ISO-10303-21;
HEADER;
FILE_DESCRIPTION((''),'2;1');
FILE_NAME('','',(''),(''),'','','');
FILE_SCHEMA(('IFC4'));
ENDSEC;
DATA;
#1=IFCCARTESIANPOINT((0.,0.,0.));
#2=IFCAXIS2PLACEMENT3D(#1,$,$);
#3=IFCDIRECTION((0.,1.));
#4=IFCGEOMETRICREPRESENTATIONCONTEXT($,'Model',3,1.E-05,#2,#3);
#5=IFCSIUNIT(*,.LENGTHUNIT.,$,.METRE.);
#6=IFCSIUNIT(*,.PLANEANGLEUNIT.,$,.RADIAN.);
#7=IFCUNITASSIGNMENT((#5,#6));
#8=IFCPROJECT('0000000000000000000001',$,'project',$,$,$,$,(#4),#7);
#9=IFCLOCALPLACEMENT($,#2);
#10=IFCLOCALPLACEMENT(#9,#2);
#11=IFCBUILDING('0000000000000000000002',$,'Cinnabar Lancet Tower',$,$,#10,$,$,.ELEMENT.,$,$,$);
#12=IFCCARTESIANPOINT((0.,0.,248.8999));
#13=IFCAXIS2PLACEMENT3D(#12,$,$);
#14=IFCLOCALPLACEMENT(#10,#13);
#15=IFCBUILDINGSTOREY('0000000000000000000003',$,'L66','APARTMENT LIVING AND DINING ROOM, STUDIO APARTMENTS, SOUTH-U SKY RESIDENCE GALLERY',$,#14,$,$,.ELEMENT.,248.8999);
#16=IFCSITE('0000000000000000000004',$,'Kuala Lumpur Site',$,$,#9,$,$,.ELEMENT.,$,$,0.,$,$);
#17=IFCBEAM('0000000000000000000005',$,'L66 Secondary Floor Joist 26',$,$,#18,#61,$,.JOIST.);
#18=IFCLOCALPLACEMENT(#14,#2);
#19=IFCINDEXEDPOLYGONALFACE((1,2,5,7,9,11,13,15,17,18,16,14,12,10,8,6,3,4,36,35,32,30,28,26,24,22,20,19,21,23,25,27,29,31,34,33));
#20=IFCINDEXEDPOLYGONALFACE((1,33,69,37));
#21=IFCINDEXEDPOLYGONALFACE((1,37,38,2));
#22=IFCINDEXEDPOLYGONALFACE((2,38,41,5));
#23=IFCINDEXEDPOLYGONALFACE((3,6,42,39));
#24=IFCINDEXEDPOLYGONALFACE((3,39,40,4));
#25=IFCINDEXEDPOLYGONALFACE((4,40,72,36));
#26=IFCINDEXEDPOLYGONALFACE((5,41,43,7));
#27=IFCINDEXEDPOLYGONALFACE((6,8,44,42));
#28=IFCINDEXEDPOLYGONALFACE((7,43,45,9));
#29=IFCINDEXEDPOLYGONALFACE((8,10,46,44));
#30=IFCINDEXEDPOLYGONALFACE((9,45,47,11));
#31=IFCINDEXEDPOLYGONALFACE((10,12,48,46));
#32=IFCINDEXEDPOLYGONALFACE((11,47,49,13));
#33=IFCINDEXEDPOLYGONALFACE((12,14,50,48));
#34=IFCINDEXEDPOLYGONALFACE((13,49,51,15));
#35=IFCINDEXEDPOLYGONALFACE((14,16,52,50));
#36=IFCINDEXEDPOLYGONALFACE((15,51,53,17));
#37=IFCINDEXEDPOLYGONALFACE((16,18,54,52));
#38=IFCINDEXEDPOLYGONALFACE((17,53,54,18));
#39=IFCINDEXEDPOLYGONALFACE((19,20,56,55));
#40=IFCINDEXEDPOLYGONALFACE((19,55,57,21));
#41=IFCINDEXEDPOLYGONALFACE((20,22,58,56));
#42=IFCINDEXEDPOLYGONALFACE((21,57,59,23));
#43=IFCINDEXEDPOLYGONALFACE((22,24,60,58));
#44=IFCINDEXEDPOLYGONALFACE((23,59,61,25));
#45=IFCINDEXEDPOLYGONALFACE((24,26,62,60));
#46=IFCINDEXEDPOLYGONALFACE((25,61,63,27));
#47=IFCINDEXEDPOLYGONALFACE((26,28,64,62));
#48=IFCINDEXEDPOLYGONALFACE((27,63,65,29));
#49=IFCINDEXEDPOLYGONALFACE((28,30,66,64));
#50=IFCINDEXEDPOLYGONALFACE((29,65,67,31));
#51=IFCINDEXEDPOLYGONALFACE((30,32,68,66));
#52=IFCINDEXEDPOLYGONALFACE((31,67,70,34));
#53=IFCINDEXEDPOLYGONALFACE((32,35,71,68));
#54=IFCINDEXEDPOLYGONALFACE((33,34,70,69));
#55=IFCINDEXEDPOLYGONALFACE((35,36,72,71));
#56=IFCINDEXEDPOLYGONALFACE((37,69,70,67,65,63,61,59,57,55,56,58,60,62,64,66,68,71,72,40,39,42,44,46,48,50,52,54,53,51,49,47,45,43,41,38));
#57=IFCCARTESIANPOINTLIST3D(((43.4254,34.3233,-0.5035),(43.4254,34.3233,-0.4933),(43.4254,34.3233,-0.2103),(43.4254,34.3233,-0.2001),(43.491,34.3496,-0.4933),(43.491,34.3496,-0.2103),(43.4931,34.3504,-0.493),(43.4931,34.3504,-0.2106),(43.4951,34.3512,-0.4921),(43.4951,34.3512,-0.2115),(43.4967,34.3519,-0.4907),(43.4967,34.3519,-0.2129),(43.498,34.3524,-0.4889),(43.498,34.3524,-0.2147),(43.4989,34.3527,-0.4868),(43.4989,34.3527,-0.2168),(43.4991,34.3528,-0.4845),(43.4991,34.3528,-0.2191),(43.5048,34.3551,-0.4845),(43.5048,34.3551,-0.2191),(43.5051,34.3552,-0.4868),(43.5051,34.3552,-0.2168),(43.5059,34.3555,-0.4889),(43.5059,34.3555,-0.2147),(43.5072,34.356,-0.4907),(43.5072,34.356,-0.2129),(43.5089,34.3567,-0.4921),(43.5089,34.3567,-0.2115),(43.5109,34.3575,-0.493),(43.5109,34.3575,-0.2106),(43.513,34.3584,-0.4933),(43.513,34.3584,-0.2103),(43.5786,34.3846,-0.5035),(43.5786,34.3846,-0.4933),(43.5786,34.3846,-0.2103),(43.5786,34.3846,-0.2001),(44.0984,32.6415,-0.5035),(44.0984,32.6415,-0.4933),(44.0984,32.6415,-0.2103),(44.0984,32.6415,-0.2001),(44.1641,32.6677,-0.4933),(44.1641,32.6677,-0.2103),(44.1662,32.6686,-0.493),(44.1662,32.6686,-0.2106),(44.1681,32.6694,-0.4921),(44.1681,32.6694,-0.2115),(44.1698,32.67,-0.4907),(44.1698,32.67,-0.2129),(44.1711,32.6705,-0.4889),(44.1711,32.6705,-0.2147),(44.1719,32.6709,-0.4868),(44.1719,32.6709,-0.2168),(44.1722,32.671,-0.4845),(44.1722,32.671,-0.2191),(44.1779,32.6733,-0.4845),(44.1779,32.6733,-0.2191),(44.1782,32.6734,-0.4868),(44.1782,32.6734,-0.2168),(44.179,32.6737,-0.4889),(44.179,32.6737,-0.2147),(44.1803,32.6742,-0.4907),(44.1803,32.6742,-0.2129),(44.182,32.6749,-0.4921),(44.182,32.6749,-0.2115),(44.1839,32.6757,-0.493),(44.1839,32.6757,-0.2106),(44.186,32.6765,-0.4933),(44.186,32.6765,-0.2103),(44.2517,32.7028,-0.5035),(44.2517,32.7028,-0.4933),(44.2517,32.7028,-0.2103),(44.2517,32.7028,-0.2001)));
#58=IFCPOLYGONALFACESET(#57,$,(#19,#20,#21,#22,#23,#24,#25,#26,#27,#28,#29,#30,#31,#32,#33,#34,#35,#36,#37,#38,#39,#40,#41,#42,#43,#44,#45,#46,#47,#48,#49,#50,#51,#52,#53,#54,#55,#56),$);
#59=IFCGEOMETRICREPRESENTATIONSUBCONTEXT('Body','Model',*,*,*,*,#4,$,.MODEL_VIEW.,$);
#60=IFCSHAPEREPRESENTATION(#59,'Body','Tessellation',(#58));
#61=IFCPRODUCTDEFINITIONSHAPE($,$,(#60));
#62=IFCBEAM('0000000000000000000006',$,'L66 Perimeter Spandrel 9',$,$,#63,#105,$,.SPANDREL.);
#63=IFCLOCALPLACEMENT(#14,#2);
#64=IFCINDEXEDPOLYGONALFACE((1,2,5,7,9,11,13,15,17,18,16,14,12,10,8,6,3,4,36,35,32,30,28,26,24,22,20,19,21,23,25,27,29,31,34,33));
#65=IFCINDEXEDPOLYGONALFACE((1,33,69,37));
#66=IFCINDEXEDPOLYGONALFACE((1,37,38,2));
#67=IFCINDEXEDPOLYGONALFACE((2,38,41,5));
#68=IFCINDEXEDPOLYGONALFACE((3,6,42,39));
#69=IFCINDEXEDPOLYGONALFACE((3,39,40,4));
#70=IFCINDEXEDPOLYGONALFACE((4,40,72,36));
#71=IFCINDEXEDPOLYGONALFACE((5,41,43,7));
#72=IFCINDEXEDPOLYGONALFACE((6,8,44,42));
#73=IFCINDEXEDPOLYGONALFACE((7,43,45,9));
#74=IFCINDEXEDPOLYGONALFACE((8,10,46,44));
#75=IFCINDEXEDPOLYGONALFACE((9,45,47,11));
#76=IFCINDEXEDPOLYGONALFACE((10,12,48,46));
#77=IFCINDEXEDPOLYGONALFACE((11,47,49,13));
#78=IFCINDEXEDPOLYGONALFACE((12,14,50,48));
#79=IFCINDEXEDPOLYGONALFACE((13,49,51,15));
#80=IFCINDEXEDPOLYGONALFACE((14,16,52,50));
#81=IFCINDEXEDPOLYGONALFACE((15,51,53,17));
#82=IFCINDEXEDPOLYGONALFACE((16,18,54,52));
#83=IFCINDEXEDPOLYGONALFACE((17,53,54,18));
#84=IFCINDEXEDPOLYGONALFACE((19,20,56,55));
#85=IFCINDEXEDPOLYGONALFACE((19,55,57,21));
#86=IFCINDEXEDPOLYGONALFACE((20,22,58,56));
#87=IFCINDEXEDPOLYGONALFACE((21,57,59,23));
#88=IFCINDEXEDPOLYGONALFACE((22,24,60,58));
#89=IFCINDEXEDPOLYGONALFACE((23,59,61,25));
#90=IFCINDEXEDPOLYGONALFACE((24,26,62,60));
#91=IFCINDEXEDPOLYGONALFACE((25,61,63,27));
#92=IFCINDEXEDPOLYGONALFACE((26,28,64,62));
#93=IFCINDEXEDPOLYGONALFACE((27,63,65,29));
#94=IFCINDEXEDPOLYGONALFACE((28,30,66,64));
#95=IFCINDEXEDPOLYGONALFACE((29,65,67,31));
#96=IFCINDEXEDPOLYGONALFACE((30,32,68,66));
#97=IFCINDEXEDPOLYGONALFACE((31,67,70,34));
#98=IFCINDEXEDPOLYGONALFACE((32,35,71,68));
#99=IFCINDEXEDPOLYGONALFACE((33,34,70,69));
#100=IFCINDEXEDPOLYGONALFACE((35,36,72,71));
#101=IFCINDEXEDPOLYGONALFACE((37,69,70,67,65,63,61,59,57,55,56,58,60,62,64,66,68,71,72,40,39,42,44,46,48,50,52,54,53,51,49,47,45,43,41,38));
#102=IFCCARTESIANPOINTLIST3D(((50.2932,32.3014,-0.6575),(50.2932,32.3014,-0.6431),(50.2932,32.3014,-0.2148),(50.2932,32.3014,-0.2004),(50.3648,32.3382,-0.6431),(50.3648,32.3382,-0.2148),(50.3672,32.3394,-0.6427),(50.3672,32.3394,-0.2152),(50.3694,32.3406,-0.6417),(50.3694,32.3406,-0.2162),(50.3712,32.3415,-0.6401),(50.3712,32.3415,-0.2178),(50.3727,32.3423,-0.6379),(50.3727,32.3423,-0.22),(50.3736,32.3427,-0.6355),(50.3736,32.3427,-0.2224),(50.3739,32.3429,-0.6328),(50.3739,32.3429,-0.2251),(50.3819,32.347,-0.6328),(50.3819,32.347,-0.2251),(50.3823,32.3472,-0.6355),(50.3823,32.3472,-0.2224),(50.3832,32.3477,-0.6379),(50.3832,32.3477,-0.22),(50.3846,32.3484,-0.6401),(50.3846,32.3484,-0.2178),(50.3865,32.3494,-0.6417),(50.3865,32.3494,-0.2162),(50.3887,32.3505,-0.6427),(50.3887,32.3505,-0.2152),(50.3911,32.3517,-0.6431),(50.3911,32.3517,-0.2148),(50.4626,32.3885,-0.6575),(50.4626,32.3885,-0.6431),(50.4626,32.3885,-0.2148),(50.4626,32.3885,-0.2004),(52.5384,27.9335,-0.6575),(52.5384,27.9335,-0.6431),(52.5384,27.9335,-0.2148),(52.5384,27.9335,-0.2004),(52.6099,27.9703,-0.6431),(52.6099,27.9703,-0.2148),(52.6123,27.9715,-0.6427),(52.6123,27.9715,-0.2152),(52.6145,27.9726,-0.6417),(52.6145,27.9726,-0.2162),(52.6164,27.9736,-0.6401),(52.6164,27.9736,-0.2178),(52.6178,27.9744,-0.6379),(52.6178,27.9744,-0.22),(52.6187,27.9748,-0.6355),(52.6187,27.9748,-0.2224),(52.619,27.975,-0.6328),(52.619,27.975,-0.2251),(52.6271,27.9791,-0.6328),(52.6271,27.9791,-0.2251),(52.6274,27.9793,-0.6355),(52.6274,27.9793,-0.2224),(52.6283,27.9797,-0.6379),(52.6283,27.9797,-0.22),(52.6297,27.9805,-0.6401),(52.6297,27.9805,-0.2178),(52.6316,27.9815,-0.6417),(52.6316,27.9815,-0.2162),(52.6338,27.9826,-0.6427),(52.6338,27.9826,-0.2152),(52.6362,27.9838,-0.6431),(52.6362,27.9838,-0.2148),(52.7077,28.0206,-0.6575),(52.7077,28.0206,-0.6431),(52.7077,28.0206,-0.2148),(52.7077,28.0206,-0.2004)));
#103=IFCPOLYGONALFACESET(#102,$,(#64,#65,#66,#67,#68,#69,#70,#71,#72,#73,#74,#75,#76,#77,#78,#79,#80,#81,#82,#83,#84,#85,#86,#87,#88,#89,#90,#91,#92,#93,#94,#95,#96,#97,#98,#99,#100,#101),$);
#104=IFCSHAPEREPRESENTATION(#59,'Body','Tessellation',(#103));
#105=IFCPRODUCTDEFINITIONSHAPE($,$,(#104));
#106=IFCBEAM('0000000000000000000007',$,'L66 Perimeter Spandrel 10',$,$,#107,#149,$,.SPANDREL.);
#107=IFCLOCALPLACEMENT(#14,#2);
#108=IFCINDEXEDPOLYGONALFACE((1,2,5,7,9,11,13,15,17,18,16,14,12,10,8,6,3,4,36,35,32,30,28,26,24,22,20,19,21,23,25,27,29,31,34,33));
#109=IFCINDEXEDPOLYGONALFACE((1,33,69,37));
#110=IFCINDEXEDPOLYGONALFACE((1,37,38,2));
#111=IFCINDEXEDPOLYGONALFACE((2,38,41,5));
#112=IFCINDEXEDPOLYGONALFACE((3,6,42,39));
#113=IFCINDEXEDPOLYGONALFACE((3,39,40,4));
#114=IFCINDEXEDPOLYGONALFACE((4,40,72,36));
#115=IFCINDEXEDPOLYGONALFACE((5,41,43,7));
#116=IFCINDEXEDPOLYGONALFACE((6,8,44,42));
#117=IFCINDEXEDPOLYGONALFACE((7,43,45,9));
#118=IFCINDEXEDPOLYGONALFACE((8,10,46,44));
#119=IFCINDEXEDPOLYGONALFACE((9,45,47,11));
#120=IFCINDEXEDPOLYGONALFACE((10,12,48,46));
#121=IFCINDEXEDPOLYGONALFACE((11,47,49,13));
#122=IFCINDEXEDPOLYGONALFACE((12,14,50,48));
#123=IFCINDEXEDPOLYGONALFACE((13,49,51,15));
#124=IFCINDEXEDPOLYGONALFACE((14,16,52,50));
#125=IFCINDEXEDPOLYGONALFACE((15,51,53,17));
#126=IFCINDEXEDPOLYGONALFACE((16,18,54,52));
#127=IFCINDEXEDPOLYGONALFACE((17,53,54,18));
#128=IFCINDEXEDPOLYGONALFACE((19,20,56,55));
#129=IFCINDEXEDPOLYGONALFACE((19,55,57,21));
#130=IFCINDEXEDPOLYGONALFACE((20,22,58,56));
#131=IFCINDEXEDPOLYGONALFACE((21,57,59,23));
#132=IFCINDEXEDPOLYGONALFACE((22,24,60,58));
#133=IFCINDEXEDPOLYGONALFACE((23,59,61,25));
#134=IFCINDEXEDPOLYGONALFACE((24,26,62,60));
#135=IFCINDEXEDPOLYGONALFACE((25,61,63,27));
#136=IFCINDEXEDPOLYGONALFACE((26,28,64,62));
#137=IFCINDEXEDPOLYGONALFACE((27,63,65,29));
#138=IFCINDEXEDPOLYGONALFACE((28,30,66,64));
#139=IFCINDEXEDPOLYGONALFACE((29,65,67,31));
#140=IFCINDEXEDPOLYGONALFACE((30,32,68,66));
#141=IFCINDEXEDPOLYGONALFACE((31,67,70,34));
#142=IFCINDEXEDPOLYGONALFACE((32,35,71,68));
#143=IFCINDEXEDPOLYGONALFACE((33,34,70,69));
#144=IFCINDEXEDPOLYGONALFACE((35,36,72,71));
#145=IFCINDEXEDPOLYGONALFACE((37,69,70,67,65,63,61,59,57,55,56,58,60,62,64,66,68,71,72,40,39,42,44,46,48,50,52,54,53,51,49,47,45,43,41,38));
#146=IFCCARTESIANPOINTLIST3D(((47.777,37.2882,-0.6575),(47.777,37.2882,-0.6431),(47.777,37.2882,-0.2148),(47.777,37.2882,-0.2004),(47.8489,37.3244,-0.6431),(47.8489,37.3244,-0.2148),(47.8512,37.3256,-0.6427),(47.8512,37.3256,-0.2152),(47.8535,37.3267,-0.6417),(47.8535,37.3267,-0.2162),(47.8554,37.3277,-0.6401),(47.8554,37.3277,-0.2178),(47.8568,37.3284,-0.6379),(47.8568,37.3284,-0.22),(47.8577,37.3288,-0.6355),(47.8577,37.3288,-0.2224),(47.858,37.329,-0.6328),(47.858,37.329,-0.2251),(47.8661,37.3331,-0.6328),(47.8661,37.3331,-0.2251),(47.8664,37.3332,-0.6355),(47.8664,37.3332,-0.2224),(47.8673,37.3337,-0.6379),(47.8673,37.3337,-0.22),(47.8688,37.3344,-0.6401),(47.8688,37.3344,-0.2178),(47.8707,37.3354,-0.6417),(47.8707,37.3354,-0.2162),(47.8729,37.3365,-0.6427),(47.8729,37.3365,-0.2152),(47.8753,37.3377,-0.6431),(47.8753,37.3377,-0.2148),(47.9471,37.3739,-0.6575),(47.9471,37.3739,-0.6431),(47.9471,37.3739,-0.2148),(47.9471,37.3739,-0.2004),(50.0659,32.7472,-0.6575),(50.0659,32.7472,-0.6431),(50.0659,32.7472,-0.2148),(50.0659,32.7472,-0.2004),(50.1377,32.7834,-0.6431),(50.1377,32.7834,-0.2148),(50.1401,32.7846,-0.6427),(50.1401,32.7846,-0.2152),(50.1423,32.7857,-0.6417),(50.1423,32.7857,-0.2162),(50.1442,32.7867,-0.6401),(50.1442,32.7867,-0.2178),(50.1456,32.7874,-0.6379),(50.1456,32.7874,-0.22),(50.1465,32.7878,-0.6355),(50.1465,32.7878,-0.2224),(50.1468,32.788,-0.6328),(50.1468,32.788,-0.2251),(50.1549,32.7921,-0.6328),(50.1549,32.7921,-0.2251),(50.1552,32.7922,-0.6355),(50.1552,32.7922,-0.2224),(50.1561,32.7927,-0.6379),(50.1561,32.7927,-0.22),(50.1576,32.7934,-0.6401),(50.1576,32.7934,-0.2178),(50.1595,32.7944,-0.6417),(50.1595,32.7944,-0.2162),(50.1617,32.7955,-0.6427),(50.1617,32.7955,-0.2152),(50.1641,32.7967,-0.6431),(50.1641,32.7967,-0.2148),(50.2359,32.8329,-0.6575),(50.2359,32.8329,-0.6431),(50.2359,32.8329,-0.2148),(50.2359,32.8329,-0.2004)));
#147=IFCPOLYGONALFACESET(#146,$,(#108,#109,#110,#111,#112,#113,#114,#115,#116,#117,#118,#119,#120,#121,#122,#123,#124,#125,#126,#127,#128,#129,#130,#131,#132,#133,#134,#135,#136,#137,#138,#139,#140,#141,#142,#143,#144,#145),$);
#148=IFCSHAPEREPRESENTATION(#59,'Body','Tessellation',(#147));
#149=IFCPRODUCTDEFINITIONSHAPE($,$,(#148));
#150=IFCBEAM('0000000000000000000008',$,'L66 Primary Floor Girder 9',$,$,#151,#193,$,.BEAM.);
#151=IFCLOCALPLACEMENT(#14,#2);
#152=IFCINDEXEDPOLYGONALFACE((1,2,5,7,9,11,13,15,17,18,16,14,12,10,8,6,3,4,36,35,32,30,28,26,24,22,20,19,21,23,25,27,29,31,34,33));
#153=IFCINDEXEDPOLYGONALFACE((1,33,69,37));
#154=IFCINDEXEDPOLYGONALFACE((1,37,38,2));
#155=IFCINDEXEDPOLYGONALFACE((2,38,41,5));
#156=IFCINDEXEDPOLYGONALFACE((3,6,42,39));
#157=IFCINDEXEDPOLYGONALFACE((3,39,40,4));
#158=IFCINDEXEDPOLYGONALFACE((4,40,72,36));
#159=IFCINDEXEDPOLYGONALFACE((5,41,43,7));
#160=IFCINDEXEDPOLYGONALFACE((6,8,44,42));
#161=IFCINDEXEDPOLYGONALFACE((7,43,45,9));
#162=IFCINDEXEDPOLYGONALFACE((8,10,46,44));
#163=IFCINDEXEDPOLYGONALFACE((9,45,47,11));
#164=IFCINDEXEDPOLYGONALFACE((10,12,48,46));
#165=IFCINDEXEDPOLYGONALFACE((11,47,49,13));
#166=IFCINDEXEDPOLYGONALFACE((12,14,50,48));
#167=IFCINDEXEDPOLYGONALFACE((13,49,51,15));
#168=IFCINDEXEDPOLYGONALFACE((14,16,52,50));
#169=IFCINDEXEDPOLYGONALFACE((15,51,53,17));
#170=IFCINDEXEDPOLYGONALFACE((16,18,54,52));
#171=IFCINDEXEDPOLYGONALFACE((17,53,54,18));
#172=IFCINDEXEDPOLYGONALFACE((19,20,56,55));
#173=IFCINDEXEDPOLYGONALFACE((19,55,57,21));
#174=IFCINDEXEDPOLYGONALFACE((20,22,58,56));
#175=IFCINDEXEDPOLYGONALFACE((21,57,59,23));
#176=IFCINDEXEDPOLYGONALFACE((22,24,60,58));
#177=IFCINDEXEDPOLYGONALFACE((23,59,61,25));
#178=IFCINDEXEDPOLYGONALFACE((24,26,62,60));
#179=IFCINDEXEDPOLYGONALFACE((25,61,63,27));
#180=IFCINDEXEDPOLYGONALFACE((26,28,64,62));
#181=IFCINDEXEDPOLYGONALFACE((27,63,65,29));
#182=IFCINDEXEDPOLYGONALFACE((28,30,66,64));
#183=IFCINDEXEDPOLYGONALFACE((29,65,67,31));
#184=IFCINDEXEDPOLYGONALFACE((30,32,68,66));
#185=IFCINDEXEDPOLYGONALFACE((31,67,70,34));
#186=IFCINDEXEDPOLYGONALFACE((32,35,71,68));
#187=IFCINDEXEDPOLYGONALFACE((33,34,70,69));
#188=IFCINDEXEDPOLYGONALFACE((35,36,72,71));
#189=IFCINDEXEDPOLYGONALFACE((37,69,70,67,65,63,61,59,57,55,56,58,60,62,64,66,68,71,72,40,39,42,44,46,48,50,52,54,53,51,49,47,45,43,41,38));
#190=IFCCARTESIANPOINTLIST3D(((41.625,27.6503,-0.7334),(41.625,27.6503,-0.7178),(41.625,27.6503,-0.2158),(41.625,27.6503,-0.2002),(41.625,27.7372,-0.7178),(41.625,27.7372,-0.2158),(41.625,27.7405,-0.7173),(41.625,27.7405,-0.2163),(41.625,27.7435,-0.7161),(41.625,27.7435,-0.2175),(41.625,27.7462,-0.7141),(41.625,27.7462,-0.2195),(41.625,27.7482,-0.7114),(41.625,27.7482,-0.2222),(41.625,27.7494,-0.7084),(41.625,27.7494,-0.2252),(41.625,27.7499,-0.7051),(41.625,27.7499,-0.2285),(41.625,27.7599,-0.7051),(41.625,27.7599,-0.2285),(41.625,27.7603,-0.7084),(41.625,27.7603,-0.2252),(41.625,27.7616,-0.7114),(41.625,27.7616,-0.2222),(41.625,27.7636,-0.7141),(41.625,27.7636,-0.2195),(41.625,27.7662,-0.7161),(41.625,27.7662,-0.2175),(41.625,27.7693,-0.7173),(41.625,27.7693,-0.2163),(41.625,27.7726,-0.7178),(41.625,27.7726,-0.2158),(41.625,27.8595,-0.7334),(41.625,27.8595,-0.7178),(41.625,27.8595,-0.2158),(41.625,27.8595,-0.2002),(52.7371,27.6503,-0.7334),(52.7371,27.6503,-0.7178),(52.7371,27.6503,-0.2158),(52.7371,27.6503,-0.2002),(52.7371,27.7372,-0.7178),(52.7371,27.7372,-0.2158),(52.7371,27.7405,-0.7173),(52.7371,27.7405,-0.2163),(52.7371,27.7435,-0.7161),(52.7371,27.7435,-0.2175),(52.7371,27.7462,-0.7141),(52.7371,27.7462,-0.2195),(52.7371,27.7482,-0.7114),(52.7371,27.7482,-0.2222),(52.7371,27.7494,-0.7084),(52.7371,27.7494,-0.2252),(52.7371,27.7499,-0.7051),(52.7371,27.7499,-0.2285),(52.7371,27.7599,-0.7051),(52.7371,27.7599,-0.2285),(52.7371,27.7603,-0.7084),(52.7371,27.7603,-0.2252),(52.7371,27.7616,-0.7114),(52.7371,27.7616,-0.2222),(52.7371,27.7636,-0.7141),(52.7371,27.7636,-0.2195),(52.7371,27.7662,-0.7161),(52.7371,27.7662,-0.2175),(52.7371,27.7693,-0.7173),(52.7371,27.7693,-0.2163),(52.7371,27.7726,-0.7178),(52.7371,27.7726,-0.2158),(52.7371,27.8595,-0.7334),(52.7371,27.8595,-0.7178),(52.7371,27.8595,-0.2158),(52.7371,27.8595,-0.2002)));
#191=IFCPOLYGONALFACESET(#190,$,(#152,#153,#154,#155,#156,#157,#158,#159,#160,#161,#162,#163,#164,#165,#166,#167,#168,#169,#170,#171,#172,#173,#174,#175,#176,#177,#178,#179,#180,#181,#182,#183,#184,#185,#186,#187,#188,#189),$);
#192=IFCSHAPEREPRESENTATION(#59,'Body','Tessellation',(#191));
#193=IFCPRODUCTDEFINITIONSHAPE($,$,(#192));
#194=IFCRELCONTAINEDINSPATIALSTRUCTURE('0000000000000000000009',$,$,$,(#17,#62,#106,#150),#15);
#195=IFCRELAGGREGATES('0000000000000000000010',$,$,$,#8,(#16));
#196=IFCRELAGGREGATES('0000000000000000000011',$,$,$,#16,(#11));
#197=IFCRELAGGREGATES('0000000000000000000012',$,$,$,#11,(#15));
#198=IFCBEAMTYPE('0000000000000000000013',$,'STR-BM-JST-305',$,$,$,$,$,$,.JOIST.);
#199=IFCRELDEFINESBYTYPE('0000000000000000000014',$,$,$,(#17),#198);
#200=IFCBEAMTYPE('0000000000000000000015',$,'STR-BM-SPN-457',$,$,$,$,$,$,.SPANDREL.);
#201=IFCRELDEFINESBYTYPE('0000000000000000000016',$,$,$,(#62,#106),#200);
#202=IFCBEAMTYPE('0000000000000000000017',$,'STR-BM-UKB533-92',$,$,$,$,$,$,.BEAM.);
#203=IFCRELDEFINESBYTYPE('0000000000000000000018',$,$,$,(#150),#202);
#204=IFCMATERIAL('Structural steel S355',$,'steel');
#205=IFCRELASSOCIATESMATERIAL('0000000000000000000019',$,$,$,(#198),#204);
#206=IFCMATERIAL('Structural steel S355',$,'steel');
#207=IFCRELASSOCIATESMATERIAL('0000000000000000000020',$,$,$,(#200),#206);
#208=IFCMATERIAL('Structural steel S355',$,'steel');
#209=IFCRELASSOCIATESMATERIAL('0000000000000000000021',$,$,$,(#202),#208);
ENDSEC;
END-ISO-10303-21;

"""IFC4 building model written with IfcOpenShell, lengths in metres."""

from ifc_helpers import new_model, si_unit, direction, frame, origin, origin_2d, place, context, subcontext, project, spatial, i_section, extrude, material, material_profile, profile_set, type_object, element, save


model = new_model("IFC4")

# Units and contexts
model_context = context("Model", 3, precision=1e-05, world=origin(), true_north=direction((0.0, 1.0)))
body_context = subcontext(model_context, "Body", "Model", "MODEL_VIEW")
ifc_project = project(units=[si_unit("LENGTHUNIT", "METRE"), si_unit("PLANEANGLEUNIT", "RADIAN")], contexts=[model_context])

# Site, building, storey
site_placement = place(None, origin())
site = spatial("IfcSite", under=ifc_project, at=site_placement, Name="Kuala Lumpur Site", CompositionType="ELEMENT", RefElevation=0.0)
building_placement = place(site_placement, origin())
building = spatial("IfcBuilding", under=site, at=building_placement, Name="Cinnabar Lancet Tower", CompositionType="ELEMENT")
storey_placement = place(building_placement, frame((0.0, 0.0, 248.8999)))
storey = spatial("IfcBuildingStorey", under=building, at=storey_placement, Name="L66", Description="APARTMENT LIVING AND DINING ROOM, STUDIO APARTMENTS, SOUTH-U SKY RESIDENCE GALLERY", CompositionType="ELEMENT", Elevation=248.8999)

# Beams
ifc_material_1 = material(Name="Structural steel S355", Category="steel")
ifc_material_profile_1 = material_profile(ifc_material_1, i_section(OverallWidth=0.165, OverallDepth=0.3035, WebThickness=0.0061, FlangeThickness=0.0103, FilletRadius=0.0088, at=origin_2d()), Name="UKB 305x165x40")
ifc_profile_set_1 = profile_set([ifc_material_profile_1], Name="Structural steel S355")
beam_type_1 = type_object("IfcBeamType", Name="STR-BM-JST-305", PredefinedType="JOIST", material=ifc_profile_set_1)
beam_1_placement = place(storey_placement, frame((44.175, 32.6721, -0.3518), z_axis=(-0.371553, 0.928412, 0.0), x_axis=(-0.928412, -0.371553, 0.0)))
element("IfcBeam", 1, at=beam_1_placement, inside=storey, type_object=beam_type_1, Name="L66 Secondary Floor Joist 26", PredefinedType="JOIST", context=body_context, shape_type="SweptSolid", body=[
    extrude(i_section(OverallWidth=0.165, OverallDepth=0.3035, WebThickness=0.0061, FlangeThickness=0.0103, FilletRadius=0.0088, at=origin_2d()), origin(), (0.0, 0.0, 1.0), 1.8115),
])
ifc_material_2 = material(Name="Structural steel S355", Category="steel")
ifc_material_profile_2 = material_profile(ifc_material_2, i_section(OverallWidth=0.1904, OverallDepth=0.457, WebThickness=0.009, FlangeThickness=0.0144, FilletRadius=0.0103, at=origin_2d()), Name="UKB 457x191x74")
ifc_profile_set_2 = profile_set([ifc_material_profile_2], Name="Structural steel S355")
beam_type_2 = type_object("IfcBeamType", Name="STR-BM-SPN-457", PredefinedType="SPANDREL", material=ifc_profile_set_2)
beam_2_placement = place(storey_placement, frame((52.623, 27.9771, -0.429), z_axis=(-0.457148, 0.889391, 0.0), x_axis=(-0.889391, -0.457148, 0.0)))
element("IfcBeam", 2, at=beam_2_placement, inside=storey, type_object=beam_type_2, Name="L66 Perimeter Spandrel 9", PredefinedType="SPANDREL", context=body_context, shape_type="SweptSolid", body=[
    extrude(i_section(OverallWidth=0.1904, OverallDepth=0.457, WebThickness=0.009, FlangeThickness=0.0144, FilletRadius=0.0103, at=origin_2d()), origin(), (0.0, 0.0, 1.0), 4.9111),
])
beam_3_placement = place(storey_placement, frame((50.1509, 32.79, -0.429), z_axis=(-0.450092, 0.892982, 0.0), x_axis=(-0.892982, -0.450092, 0.0)))
element("IfcBeam", 3, at=beam_3_placement, inside=storey, type_object=beam_type_2, Name="L66 Perimeter Spandrel 10", PredefinedType="SPANDREL", context=body_context, shape_type="SweptSolid", body=[
    extrude(i_section(OverallWidth=0.1904, OverallDepth=0.457, WebThickness=0.009, FlangeThickness=0.0144, FilletRadius=0.0103, at=origin_2d()), origin(), (0.0, 0.0, 1.0), 5.0852),
])
ifc_material_3 = material(Name="Structural steel S355", Category="steel")
ifc_material_profile_3 = material_profile(ifc_material_3, i_section(OverallWidth=0.2092, OverallDepth=0.5332, WebThickness=0.01, FlangeThickness=0.0156, FilletRadius=0.0127, at=origin_2d()), Name="UKB 533x210x92")
ifc_profile_set_3 = profile_set([ifc_material_profile_3], Name="Structural steel S355")
beam_type_3 = type_object("IfcBeamType", Name="STR-BM-UKB533-92", PredefinedType="BEAM", material=ifc_profile_set_3)
beam_4_placement = place(storey_placement, frame((52.7371, 27.7549, -0.4668), z_axis=(-1.0, 0.0, 0.0), x_axis=(0.0, -1.0, 0.0)))
element("IfcBeam", 4, at=beam_4_placement, inside=storey, type_object=beam_type_3, Name="L66 Primary Floor Girder 9", PredefinedType="BEAM", context=body_context, shape_type="SweptSolid", body=[
    extrude(i_section(OverallWidth=0.2092, OverallDepth=0.5332, WebThickness=0.01, FlangeThickness=0.0156, FilletRadius=0.0127, at=origin_2d()), origin(), (0.0, 0.0, 1.0), 11.1121),
])

save(model, "model.ifc")
